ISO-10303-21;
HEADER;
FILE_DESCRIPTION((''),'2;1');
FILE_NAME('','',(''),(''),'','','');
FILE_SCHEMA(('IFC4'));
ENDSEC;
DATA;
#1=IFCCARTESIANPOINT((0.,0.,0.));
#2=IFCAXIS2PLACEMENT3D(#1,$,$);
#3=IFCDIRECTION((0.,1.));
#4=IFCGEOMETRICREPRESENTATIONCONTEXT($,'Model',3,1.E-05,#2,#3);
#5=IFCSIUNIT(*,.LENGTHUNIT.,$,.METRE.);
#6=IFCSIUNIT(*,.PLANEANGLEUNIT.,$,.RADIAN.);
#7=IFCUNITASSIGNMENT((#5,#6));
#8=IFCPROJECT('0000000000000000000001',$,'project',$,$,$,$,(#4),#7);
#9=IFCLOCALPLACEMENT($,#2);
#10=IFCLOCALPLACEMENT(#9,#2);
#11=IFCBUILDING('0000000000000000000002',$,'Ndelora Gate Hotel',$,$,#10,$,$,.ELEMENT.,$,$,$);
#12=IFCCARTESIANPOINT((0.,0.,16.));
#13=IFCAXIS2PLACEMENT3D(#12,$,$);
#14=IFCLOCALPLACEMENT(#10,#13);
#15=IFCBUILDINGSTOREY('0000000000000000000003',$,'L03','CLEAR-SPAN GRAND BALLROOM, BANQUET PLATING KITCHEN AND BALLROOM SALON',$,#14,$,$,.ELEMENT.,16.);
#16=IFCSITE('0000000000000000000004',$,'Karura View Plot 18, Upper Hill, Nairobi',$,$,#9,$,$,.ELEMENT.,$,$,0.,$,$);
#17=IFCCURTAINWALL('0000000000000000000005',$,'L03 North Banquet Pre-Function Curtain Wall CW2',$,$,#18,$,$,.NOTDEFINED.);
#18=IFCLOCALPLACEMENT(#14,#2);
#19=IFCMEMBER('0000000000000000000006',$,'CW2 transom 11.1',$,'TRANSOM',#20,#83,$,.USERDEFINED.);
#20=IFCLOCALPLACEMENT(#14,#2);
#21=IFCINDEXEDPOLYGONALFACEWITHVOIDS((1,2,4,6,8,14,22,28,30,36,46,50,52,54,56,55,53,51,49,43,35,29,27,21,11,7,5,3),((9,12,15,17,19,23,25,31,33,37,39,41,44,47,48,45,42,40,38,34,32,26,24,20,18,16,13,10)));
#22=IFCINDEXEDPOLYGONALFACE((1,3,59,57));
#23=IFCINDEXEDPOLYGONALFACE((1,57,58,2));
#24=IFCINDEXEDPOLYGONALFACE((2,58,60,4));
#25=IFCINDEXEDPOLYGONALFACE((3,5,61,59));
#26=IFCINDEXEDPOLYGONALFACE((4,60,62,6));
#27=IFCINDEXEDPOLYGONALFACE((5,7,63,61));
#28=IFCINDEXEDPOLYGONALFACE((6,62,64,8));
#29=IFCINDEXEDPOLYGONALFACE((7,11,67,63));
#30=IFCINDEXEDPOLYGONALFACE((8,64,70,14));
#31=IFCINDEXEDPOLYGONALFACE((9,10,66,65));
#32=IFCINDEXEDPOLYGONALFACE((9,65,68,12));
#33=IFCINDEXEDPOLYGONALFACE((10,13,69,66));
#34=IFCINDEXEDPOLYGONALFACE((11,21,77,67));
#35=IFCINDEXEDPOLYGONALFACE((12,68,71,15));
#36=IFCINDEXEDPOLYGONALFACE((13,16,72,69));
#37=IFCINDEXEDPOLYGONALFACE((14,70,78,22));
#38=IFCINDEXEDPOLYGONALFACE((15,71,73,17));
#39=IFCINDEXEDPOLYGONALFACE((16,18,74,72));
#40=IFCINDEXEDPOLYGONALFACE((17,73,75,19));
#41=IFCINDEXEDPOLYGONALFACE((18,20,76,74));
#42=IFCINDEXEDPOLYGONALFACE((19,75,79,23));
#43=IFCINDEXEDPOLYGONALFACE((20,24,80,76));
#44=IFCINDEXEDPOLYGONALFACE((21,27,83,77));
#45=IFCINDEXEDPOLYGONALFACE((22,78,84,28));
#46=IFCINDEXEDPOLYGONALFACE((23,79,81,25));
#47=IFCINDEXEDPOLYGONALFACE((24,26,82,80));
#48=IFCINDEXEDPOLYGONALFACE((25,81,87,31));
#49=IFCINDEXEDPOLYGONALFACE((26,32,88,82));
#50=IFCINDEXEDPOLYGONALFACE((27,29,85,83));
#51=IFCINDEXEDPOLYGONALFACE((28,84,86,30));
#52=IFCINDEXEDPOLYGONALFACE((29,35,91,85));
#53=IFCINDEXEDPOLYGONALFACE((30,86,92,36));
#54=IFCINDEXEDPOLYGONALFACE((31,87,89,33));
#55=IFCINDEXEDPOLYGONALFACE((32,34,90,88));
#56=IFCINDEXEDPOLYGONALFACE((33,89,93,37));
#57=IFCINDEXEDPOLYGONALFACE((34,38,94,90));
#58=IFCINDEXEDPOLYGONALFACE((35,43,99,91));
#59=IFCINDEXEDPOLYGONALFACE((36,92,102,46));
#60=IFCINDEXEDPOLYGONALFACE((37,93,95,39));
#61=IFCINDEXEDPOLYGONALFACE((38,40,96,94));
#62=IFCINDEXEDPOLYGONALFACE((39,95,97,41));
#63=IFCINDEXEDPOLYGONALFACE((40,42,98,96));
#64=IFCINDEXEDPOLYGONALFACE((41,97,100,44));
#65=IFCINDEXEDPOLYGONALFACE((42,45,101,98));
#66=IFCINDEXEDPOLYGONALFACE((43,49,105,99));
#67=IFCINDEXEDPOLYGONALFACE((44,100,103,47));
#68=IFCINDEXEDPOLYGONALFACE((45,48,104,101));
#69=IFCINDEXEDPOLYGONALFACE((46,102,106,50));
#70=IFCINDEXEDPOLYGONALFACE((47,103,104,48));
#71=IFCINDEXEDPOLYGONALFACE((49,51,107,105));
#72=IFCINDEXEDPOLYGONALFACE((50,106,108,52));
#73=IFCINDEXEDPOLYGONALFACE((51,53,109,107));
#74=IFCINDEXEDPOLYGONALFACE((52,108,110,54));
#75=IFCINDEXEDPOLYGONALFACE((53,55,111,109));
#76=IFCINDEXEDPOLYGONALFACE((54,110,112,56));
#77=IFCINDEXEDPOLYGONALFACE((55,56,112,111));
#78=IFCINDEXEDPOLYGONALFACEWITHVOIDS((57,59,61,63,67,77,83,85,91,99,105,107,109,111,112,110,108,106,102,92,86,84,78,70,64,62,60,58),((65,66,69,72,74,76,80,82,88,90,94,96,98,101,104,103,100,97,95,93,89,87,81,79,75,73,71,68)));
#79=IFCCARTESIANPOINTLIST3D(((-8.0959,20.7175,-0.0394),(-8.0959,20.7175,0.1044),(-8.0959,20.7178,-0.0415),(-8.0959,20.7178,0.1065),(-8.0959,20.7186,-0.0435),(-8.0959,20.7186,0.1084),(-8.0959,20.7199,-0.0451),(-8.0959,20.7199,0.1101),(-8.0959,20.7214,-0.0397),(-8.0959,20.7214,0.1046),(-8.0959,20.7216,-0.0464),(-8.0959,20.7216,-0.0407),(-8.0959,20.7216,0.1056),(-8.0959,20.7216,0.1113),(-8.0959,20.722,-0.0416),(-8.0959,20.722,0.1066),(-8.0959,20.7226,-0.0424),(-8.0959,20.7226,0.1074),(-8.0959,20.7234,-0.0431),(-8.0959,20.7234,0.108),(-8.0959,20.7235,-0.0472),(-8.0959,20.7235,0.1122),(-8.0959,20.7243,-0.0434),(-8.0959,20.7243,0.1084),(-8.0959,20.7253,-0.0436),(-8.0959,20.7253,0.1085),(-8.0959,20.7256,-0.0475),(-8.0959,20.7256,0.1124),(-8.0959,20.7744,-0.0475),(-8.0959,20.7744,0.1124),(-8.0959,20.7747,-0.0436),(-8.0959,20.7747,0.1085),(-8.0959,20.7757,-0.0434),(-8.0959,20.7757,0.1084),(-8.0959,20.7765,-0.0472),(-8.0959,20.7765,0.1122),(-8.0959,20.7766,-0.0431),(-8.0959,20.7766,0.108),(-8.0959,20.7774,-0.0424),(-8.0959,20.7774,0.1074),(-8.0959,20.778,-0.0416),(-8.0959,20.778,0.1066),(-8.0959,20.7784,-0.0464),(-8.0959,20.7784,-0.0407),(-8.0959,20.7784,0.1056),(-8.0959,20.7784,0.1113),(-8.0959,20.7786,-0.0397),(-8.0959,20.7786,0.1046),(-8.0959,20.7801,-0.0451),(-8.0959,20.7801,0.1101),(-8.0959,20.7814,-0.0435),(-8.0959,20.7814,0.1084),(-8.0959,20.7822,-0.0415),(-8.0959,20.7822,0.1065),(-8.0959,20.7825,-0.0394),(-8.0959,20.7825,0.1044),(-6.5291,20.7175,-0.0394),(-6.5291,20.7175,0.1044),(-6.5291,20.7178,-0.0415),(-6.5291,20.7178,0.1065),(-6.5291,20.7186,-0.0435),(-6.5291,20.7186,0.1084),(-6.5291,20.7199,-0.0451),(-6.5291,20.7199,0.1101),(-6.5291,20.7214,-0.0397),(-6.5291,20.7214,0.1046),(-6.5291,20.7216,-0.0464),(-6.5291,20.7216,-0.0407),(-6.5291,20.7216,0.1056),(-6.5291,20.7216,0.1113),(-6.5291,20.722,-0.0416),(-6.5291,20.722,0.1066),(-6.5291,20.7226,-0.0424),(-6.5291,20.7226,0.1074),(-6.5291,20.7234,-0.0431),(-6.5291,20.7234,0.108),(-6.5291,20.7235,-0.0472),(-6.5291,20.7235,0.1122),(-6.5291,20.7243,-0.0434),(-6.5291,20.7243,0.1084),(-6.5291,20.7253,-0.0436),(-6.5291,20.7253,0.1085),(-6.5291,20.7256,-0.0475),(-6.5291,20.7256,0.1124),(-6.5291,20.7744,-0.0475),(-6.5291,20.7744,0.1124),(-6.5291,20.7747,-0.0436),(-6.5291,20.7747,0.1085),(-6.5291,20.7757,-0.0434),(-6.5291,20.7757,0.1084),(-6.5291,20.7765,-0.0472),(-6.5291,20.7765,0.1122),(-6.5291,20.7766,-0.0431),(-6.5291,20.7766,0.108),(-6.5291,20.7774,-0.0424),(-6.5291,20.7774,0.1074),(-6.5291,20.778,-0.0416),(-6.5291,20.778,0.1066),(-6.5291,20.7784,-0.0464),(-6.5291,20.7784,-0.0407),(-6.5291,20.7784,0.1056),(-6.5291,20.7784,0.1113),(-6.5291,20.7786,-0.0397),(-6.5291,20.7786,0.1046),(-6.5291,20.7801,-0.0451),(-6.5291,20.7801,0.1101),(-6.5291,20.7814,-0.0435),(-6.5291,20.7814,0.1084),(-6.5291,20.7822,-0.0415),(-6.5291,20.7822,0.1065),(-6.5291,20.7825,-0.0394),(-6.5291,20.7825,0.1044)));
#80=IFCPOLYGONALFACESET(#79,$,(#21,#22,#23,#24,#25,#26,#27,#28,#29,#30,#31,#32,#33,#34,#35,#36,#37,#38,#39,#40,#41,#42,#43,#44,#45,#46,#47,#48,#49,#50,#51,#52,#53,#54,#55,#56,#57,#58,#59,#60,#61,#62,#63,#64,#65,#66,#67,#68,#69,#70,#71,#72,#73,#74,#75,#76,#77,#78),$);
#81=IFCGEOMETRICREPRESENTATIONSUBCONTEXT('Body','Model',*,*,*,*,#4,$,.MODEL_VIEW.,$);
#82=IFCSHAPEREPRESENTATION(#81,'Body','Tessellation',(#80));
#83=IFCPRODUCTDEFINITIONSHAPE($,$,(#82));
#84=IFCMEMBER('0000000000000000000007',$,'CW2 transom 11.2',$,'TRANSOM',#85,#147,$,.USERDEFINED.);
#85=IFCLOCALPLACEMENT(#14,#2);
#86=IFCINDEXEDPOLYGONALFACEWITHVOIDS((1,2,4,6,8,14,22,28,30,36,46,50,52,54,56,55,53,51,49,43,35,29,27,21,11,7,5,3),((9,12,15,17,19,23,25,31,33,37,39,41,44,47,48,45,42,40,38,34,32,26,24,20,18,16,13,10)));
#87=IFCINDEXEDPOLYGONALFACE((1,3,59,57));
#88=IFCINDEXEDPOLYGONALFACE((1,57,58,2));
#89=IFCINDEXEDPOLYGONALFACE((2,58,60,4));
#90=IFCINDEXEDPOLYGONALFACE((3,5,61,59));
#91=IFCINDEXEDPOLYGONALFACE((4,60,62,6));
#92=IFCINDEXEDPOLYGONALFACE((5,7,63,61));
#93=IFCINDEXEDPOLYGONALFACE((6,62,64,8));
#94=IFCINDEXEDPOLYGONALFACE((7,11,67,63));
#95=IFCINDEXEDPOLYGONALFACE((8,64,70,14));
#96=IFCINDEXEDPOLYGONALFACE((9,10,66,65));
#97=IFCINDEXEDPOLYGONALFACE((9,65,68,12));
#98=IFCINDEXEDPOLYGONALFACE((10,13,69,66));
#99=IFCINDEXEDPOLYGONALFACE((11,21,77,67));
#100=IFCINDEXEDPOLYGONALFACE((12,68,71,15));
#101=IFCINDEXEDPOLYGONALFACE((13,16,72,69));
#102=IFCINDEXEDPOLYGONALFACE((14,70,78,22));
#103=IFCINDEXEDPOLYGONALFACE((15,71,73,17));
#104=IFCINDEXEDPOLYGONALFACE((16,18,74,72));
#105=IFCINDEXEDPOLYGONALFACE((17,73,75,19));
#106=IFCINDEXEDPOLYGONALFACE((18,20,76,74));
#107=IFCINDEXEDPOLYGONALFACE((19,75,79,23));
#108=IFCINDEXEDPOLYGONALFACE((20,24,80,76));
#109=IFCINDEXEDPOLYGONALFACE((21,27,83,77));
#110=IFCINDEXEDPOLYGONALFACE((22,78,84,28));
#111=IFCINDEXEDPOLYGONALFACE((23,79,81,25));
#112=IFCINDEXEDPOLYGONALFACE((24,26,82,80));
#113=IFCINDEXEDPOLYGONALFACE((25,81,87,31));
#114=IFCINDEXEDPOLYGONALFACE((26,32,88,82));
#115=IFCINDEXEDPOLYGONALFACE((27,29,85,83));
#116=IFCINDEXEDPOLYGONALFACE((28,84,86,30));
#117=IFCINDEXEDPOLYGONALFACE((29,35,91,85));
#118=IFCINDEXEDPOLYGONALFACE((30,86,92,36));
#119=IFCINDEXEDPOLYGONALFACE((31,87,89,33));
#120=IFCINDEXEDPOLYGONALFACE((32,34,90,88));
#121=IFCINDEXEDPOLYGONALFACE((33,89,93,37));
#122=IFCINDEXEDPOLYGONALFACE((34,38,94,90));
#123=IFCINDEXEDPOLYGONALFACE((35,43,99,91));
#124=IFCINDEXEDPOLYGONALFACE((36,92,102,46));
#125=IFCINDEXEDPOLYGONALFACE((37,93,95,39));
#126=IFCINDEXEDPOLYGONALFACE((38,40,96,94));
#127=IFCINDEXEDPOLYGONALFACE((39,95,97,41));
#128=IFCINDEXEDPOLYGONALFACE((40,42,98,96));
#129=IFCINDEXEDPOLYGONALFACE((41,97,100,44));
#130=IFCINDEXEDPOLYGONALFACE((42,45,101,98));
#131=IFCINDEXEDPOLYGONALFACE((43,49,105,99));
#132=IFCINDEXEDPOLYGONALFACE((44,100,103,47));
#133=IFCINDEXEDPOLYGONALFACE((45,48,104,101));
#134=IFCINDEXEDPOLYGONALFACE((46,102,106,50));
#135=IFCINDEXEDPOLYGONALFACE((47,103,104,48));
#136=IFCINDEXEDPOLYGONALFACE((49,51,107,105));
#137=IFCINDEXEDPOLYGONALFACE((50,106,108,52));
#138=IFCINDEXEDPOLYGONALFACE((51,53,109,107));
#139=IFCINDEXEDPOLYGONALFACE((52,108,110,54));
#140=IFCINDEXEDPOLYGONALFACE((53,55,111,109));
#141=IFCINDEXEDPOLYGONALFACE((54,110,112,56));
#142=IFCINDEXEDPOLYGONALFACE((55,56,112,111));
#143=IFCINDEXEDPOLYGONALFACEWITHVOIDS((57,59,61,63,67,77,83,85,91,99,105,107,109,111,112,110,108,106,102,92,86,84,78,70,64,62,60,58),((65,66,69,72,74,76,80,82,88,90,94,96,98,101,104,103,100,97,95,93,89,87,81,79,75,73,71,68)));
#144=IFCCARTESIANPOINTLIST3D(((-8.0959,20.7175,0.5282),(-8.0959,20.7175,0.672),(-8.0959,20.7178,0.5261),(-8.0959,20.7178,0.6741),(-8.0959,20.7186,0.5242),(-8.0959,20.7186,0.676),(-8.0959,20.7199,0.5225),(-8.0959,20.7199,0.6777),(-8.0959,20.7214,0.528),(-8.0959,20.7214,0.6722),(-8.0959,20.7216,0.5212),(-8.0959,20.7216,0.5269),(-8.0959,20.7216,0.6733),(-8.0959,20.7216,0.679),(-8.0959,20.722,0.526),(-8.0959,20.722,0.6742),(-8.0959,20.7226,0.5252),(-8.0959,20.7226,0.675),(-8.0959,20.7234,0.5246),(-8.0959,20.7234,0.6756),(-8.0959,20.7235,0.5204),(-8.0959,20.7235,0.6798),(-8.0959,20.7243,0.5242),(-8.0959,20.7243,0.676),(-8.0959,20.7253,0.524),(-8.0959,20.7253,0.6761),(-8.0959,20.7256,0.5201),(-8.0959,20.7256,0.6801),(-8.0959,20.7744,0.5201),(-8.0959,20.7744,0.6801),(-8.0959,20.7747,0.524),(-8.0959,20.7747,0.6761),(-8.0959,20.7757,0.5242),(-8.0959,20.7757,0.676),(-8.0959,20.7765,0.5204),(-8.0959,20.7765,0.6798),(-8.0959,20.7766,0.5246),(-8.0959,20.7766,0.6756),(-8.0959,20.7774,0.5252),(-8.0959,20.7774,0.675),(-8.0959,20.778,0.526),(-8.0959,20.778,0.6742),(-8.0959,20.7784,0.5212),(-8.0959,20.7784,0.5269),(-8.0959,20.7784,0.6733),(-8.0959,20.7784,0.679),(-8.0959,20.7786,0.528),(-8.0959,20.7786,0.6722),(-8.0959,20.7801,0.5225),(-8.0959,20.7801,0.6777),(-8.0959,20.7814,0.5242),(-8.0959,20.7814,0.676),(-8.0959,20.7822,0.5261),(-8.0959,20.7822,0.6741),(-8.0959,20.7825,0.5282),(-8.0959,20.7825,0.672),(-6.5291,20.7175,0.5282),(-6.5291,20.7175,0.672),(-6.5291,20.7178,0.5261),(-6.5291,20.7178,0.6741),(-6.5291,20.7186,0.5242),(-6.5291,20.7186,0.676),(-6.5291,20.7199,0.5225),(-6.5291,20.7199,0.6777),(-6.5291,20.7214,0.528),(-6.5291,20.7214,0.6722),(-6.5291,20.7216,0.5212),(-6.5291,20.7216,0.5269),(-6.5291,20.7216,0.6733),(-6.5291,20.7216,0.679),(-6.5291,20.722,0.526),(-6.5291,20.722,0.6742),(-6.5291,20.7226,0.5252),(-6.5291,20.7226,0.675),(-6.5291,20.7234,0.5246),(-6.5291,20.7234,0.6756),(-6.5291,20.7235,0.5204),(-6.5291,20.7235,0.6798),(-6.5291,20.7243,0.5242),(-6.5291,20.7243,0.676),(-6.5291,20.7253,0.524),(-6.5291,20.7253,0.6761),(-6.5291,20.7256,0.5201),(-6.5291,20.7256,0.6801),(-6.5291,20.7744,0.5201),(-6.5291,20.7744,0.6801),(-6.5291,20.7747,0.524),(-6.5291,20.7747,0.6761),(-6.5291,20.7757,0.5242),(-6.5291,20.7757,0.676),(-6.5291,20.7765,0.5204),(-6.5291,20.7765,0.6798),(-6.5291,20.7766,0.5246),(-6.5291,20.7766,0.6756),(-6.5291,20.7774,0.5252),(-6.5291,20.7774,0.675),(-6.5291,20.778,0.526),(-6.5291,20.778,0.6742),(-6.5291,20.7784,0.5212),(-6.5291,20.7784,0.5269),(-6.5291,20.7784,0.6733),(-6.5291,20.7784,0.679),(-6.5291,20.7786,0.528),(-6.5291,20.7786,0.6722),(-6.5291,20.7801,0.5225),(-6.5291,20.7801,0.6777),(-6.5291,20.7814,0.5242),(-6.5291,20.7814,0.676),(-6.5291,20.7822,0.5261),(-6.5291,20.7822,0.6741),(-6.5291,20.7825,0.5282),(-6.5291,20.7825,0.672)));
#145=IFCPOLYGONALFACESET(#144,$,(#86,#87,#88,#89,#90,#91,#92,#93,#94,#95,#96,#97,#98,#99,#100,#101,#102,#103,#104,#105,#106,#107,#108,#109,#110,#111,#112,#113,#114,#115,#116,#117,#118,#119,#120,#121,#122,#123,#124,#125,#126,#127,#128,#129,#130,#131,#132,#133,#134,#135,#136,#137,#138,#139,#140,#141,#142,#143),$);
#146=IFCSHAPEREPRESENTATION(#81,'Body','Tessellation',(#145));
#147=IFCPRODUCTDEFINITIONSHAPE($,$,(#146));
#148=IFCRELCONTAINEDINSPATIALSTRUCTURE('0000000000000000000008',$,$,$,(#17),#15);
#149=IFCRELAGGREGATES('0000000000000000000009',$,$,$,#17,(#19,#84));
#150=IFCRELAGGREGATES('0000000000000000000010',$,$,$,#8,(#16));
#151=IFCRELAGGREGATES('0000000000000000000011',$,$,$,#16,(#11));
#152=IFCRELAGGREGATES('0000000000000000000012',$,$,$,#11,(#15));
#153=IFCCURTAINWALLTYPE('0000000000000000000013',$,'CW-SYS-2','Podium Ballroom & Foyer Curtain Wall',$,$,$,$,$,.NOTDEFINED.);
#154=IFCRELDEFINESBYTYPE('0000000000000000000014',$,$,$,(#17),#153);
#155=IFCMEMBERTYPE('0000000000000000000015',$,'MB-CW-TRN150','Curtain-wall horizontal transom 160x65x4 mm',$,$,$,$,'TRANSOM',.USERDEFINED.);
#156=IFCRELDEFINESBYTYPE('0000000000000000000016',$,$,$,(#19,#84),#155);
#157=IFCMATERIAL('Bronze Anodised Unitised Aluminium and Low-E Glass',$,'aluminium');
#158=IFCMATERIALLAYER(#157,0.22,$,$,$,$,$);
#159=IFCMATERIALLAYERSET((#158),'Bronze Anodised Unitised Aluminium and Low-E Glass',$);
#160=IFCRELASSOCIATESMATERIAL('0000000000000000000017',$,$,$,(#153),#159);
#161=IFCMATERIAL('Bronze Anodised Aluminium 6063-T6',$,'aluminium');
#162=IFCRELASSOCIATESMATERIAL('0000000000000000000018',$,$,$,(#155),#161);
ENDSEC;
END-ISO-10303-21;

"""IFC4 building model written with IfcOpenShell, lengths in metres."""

from ifc_helpers import new_model, si_unit, direction, frame, origin, origin_2d, place, context, subcontext, project, spatial, hollow_rectangle, extrude, material, layer, layer_set, material_profile, profile_set, type_object, element, aggregate, save


model = new_model("IFC4")

# Units and contexts
model_context = context("Model", 3, precision=1e-05, world=origin(), true_north=direction((0.0, 1.0)))
body_context = subcontext(model_context, "Body", "Model", "MODEL_VIEW")
ifc_project = project(units=[si_unit("LENGTHUNIT", "METRE"), si_unit("PLANEANGLEUNIT", "RADIAN")], contexts=[model_context])

# Site, building, storey
site_placement = place(None, origin())
site = spatial("IfcSite", under=ifc_project, at=site_placement, Name="Karura View Plot 18, Upper Hill, Nairobi", CompositionType="ELEMENT", RefElevation=0.0)
building_placement = place(site_placement, origin())
building = spatial("IfcBuilding", under=site, at=building_placement, Name="Ndelora Gate Hotel", CompositionType="ELEMENT")
storey_placement = place(building_placement, frame((0.0, 0.0, 16.0)))
storey = spatial("IfcBuildingStorey", under=building, at=storey_placement, Name="L03", Description="CLEAR-SPAN GRAND BALLROOM, BANQUET PLATING KITCHEN AND BALLROOM SALON", CompositionType="ELEMENT", Elevation=16.0)

# Curtain wall, members
ifc_material_1 = material(Name="Bronze Anodised Unitised Aluminium and Low-E Glass", Category="aluminium")
ifc_layer_1 = layer(ifc_material_1, 0.22)
ifc_layer_set_1 = layer_set([ifc_layer_1], Name="Bronze Anodised Unitised Aluminium and Low-E Glass")
curtain_wall_type = type_object("IfcCurtainWallType", Name="CW-SYS-2", Description="Podium Ballroom & Foyer Curtain Wall", PredefinedType="NOTDEFINED", material=ifc_layer_set_1)
curtain_wall_placement = place(storey_placement, origin())
curtain_wall = element("IfcCurtainWall", 1, at=curtain_wall_placement, inside=storey, type_object=curtain_wall_type, Name="L03 North Banquet Pre-Function Curtain Wall CW2", PredefinedType="NOTDEFINED")
ifc_material_2 = material(Name="Bronze Anodised Aluminium 6063-T6", Category="aluminium")
ifc_material_profile_1 = material_profile(ifc_material_2, hollow_rectangle(XDim=0.0649, YDim=0.1599, WallThickness=0.0039, InnerFilletRadius=0.0039, OuterFilletRadius=0.0081, at=origin_2d()), Name="ALU 160x65x4")
ifc_profile_set_1 = profile_set([ifc_material_profile_1], Name="Bronze Anodised Aluminium 6063-T6")
member_type_1 = type_object("IfcMemberType", Name="MB-CW-TRN150", Description="Curtain-wall horizontal transom 160x65x4 mm", ElementType="TRANSOM", PredefinedType="USERDEFINED", material=ifc_profile_set_1)
member_1_placement = place(storey_placement, frame((-6.5291, 20.75, 0.0325), z_axis=(-1.0, 0.0, 0.0), x_axis=(0.0, -1.0, 0.0)))
member_1 = element("IfcMember", 2, at=member_1_placement, type_object=member_type_1, Name="CW2 transom 11.1", ObjectType="TRANSOM", PredefinedType="USERDEFINED", context=body_context, shape_type="SweptSolid", body=[
    extrude(hollow_rectangle(XDim=0.0649, YDim=0.1599, WallThickness=0.0039, InnerFilletRadius=0.0039, OuterFilletRadius=0.0081, at=origin_2d()), origin(), (0.0, 0.0, 1.0), 1.5669),
])
member_2_placement = place(storey_placement, frame((-6.5291, 20.75, 0.6001), z_axis=(-1.0, 0.0, 0.0), x_axis=(0.0, -1.0, 0.0)))
member_2 = element("IfcMember", 3, at=member_2_placement, type_object=member_type_1, Name="CW2 transom 11.2", ObjectType="TRANSOM", PredefinedType="USERDEFINED", context=body_context, shape_type="SweptSolid", body=[
    extrude(hollow_rectangle(XDim=0.0649, YDim=0.1599, WallThickness=0.0039, InnerFilletRadius=0.0039, OuterFilletRadius=0.0081, at=origin_2d()), origin(), (0.0, 0.0, 1.0), 1.5669),
])
aggregate(curtain_wall, [member_1, member_2])

save(model, "model.ifc")
